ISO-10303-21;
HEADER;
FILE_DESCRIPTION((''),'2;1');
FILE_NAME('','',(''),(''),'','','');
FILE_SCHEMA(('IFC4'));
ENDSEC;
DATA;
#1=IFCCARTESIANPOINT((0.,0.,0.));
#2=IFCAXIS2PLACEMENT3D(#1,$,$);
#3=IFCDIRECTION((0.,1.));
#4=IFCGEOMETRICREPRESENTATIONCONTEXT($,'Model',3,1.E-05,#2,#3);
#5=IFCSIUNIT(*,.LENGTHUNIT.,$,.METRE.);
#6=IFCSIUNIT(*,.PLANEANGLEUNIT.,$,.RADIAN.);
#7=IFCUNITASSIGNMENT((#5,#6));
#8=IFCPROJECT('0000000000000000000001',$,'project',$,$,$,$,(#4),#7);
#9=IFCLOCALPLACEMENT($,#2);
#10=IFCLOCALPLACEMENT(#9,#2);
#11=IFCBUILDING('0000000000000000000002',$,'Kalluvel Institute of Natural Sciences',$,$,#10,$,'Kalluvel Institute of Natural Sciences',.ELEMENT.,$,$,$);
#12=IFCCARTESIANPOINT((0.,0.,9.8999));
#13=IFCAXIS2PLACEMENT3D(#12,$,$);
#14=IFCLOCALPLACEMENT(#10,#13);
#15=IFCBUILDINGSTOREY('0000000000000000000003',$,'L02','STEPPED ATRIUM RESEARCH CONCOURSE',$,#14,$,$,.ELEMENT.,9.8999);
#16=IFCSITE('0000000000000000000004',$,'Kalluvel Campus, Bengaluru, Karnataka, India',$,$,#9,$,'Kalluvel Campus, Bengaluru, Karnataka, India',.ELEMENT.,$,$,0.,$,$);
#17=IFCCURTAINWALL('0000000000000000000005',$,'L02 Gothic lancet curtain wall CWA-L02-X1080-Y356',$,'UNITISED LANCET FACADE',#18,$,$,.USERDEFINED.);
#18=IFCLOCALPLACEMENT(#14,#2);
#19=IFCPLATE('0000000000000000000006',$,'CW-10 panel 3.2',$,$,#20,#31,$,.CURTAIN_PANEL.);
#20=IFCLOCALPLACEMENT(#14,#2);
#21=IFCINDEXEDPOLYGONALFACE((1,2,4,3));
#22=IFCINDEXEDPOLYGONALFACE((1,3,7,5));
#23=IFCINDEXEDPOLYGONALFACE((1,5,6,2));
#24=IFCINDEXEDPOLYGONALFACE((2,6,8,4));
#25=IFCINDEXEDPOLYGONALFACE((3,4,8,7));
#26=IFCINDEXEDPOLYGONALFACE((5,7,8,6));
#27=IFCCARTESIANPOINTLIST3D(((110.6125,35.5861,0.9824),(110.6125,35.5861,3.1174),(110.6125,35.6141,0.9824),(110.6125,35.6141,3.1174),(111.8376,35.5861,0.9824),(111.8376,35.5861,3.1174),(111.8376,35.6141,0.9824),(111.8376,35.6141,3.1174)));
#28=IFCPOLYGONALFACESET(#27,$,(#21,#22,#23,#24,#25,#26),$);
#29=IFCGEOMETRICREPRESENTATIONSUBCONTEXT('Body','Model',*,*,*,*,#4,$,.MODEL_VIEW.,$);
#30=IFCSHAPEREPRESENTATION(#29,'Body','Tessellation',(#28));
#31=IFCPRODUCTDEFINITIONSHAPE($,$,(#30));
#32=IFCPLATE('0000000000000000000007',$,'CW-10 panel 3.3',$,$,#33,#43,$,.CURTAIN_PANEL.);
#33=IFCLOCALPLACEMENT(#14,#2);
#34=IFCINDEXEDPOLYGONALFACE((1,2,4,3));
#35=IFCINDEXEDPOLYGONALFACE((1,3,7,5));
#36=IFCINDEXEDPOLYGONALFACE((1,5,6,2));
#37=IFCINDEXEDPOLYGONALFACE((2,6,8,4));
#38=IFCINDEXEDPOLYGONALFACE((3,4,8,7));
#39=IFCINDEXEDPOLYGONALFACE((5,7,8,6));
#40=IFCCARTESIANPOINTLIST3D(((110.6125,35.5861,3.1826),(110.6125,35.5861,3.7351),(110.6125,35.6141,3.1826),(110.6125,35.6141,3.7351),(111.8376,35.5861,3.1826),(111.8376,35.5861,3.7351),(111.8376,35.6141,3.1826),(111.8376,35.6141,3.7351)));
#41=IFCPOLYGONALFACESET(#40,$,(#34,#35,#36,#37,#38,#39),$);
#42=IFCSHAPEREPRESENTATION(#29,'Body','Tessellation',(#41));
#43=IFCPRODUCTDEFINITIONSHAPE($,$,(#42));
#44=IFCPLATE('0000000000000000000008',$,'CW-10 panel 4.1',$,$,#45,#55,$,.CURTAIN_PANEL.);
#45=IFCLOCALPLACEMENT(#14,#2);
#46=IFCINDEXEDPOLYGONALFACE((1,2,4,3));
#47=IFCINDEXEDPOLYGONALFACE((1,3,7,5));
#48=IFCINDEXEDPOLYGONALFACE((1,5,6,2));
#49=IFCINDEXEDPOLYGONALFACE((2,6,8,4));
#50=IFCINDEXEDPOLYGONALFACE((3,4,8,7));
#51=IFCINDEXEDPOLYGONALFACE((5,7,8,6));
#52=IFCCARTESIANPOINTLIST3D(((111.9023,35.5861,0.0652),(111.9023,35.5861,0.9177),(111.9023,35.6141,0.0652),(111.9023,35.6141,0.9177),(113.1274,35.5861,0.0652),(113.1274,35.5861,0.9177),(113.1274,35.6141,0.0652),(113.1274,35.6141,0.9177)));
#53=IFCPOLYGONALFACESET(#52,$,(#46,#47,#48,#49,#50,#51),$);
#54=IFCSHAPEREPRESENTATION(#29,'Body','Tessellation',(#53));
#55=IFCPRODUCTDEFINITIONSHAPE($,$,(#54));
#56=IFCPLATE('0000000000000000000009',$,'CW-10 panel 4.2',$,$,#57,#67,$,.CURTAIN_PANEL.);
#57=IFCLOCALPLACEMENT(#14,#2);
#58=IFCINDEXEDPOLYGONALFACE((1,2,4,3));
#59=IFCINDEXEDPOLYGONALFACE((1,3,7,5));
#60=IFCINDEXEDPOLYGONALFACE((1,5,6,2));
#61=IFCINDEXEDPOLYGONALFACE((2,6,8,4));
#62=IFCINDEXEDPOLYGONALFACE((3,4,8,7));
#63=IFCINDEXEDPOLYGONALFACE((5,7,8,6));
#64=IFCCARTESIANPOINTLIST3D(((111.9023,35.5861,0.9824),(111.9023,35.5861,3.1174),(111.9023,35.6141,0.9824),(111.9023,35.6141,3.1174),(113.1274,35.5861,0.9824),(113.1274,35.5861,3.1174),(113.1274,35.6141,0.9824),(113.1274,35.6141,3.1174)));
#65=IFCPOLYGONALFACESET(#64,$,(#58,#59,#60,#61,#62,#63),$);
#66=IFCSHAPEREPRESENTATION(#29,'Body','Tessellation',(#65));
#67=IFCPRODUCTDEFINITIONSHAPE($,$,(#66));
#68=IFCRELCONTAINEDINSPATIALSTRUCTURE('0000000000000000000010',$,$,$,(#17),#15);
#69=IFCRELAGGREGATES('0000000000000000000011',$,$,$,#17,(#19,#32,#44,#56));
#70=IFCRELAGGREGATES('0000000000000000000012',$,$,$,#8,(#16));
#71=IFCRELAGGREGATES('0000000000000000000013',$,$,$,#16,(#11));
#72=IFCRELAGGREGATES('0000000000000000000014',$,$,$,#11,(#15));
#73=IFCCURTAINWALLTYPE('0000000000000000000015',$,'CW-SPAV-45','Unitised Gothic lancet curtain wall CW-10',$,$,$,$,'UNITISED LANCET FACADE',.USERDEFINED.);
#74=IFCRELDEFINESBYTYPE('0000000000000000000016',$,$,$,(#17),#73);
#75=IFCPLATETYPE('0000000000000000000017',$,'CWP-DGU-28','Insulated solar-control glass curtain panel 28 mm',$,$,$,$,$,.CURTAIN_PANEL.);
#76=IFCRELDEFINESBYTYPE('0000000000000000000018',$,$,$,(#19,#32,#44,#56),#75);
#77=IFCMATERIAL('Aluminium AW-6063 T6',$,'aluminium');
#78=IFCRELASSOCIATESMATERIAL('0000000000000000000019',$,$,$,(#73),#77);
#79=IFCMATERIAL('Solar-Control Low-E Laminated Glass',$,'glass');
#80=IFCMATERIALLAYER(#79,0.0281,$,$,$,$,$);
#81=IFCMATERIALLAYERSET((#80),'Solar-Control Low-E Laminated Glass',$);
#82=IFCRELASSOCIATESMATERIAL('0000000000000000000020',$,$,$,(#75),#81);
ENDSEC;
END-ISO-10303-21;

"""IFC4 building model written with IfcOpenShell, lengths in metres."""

from ifc_helpers import new_model, si_unit, direction, frame, origin, origin_2d, place, context, subcontext, project, spatial, rectangle, extrude, material, layer, layer_set, type_object, element, aggregate, save


model = new_model("IFC4")

# Units and contexts
model_context = context("Model", 3, precision=1e-05, world=origin(), true_north=direction((0.0, 1.0)))
body_context = subcontext(model_context, "Body", "Model", "MODEL_VIEW")
ifc_project = project(units=[si_unit("LENGTHUNIT", "METRE"), si_unit("PLANEANGLEUNIT", "RADIAN")], contexts=[model_context])

# Site, building, storey
site_placement = place(None, origin())
site = spatial("IfcSite", under=ifc_project, at=site_placement, Name="Kalluvel Campus, Bengaluru, Karnataka, India", LongName="Kalluvel Campus, Bengaluru, Karnataka, India", CompositionType="ELEMENT", RefElevation=0.0)
building_placement = place(site_placement, origin())
building = spatial("IfcBuilding", under=site, at=building_placement, Name="Kalluvel Institute of Natural Sciences", LongName="Kalluvel Institute of Natural Sciences", CompositionType="ELEMENT")
storey_placement = place(building_placement, frame((0.0, 0.0, 9.8999)))
storey = spatial("IfcBuildingStorey", under=building, at=storey_placement, Name="L02", Description="STEPPED ATRIUM RESEARCH CONCOURSE", CompositionType="ELEMENT", Elevation=9.8999)

# Curtain wall, plates
ifc_material_1 = material(Name="Aluminium AW-6063 T6", Category="aluminium")
curtain_wall_type = type_object("IfcCurtainWallType", Name="CW-SPAV-45", Description="Unitised Gothic lancet curtain wall CW-10", ElementType="UNITISED LANCET FACADE", PredefinedType="USERDEFINED", material=ifc_material_1)
curtain_wall_placement = place(storey_placement, origin())
curtain_wall = element("IfcCurtainWall", 1, at=curtain_wall_placement, inside=storey, type_object=curtain_wall_type, Name="L02 Gothic lancet curtain wall CWA-L02-X1080-Y356", ObjectType="UNITISED LANCET FACADE", PredefinedType="USERDEFINED")
ifc_material_2 = material(Name="Solar-Control Low-E Laminated Glass", Category="glass")
ifc_layer = layer(ifc_material_2, 0.0281)
ifc_layer_set = layer_set([ifc_layer], Name="Solar-Control Low-E Laminated Glass")
plate_type = type_object("IfcPlateType", Name="CWP-DGU-28", Description="Insulated solar-control glass curtain panel 28 mm", PredefinedType="CURTAIN_PANEL", material=ifc_layer_set)
plate_1_placement = place(storey_placement, frame((111.2251, 35.6001, 0.9824), z_axis=(0.0, 0.0, 1.0), x_axis=(1.0, 0.0, 0.0)))
plate_1 = element("IfcPlate", 2, at=plate_1_placement, type_object=plate_type, Name="CW-10 panel 3.2", PredefinedType="CURTAIN_PANEL", context=body_context, shape_type="SweptSolid", body=[
    extrude(rectangle(XDim=1.2251, YDim=0.0281, at=origin_2d()), origin(), (0.0, 0.0, 1.0), 2.135),
])
plate_2_placement = place(storey_placement, frame((111.2251, 35.6001, 3.1826), z_axis=(0.0, 0.0, 1.0), x_axis=(1.0, 0.0, 0.0)))
plate_2 = element("IfcPlate", 3, at=plate_2_placement, type_object=plate_type, Name="CW-10 panel 3.3", PredefinedType="CURTAIN_PANEL", context=body_context, shape_type="SweptSolid", body=[
    extrude(rectangle(XDim=1.2251, YDim=0.0281, at=origin_2d()), origin(), (0.0, 0.0, 1.0), 0.5525),
])
plate_3_placement = place(storey_placement, frame((112.5149, 35.6001, 0.0652), z_axis=(0.0, 0.0, 1.0), x_axis=(1.0, 0.0, 0.0)))
plate_3 = element("IfcPlate", 4, at=plate_3_placement, type_object=plate_type, Name="CW-10 panel 4.1", PredefinedType="CURTAIN_PANEL", context=body_context, shape_type="SweptSolid", body=[
    extrude(rectangle(XDim=1.2251, YDim=0.0281, at=origin_2d()), origin(), (0.0, 0.0, 1.0), 0.8525),
])
plate_4_placement = place(storey_placement, frame((112.5149, 35.6001, 0.9824), z_axis=(0.0, 0.0, 1.0), x_axis=(1.0, 0.0, 0.0)))
plate_4 = element("IfcPlate", 5, at=plate_4_placement, type_object=plate_type, Name="CW-10 panel 4.2", PredefinedType="CURTAIN_PANEL", context=body_context, shape_type="SweptSolid", body=[
    extrude(rectangle(XDim=1.2251, YDim=0.0281, at=origin_2d()), origin(), (0.0, 0.0, 1.0), 2.135),
])
aggregate(curtain_wall, [plate_1, plate_2, plate_3, plate_4])

save(model, "model.ifc")
